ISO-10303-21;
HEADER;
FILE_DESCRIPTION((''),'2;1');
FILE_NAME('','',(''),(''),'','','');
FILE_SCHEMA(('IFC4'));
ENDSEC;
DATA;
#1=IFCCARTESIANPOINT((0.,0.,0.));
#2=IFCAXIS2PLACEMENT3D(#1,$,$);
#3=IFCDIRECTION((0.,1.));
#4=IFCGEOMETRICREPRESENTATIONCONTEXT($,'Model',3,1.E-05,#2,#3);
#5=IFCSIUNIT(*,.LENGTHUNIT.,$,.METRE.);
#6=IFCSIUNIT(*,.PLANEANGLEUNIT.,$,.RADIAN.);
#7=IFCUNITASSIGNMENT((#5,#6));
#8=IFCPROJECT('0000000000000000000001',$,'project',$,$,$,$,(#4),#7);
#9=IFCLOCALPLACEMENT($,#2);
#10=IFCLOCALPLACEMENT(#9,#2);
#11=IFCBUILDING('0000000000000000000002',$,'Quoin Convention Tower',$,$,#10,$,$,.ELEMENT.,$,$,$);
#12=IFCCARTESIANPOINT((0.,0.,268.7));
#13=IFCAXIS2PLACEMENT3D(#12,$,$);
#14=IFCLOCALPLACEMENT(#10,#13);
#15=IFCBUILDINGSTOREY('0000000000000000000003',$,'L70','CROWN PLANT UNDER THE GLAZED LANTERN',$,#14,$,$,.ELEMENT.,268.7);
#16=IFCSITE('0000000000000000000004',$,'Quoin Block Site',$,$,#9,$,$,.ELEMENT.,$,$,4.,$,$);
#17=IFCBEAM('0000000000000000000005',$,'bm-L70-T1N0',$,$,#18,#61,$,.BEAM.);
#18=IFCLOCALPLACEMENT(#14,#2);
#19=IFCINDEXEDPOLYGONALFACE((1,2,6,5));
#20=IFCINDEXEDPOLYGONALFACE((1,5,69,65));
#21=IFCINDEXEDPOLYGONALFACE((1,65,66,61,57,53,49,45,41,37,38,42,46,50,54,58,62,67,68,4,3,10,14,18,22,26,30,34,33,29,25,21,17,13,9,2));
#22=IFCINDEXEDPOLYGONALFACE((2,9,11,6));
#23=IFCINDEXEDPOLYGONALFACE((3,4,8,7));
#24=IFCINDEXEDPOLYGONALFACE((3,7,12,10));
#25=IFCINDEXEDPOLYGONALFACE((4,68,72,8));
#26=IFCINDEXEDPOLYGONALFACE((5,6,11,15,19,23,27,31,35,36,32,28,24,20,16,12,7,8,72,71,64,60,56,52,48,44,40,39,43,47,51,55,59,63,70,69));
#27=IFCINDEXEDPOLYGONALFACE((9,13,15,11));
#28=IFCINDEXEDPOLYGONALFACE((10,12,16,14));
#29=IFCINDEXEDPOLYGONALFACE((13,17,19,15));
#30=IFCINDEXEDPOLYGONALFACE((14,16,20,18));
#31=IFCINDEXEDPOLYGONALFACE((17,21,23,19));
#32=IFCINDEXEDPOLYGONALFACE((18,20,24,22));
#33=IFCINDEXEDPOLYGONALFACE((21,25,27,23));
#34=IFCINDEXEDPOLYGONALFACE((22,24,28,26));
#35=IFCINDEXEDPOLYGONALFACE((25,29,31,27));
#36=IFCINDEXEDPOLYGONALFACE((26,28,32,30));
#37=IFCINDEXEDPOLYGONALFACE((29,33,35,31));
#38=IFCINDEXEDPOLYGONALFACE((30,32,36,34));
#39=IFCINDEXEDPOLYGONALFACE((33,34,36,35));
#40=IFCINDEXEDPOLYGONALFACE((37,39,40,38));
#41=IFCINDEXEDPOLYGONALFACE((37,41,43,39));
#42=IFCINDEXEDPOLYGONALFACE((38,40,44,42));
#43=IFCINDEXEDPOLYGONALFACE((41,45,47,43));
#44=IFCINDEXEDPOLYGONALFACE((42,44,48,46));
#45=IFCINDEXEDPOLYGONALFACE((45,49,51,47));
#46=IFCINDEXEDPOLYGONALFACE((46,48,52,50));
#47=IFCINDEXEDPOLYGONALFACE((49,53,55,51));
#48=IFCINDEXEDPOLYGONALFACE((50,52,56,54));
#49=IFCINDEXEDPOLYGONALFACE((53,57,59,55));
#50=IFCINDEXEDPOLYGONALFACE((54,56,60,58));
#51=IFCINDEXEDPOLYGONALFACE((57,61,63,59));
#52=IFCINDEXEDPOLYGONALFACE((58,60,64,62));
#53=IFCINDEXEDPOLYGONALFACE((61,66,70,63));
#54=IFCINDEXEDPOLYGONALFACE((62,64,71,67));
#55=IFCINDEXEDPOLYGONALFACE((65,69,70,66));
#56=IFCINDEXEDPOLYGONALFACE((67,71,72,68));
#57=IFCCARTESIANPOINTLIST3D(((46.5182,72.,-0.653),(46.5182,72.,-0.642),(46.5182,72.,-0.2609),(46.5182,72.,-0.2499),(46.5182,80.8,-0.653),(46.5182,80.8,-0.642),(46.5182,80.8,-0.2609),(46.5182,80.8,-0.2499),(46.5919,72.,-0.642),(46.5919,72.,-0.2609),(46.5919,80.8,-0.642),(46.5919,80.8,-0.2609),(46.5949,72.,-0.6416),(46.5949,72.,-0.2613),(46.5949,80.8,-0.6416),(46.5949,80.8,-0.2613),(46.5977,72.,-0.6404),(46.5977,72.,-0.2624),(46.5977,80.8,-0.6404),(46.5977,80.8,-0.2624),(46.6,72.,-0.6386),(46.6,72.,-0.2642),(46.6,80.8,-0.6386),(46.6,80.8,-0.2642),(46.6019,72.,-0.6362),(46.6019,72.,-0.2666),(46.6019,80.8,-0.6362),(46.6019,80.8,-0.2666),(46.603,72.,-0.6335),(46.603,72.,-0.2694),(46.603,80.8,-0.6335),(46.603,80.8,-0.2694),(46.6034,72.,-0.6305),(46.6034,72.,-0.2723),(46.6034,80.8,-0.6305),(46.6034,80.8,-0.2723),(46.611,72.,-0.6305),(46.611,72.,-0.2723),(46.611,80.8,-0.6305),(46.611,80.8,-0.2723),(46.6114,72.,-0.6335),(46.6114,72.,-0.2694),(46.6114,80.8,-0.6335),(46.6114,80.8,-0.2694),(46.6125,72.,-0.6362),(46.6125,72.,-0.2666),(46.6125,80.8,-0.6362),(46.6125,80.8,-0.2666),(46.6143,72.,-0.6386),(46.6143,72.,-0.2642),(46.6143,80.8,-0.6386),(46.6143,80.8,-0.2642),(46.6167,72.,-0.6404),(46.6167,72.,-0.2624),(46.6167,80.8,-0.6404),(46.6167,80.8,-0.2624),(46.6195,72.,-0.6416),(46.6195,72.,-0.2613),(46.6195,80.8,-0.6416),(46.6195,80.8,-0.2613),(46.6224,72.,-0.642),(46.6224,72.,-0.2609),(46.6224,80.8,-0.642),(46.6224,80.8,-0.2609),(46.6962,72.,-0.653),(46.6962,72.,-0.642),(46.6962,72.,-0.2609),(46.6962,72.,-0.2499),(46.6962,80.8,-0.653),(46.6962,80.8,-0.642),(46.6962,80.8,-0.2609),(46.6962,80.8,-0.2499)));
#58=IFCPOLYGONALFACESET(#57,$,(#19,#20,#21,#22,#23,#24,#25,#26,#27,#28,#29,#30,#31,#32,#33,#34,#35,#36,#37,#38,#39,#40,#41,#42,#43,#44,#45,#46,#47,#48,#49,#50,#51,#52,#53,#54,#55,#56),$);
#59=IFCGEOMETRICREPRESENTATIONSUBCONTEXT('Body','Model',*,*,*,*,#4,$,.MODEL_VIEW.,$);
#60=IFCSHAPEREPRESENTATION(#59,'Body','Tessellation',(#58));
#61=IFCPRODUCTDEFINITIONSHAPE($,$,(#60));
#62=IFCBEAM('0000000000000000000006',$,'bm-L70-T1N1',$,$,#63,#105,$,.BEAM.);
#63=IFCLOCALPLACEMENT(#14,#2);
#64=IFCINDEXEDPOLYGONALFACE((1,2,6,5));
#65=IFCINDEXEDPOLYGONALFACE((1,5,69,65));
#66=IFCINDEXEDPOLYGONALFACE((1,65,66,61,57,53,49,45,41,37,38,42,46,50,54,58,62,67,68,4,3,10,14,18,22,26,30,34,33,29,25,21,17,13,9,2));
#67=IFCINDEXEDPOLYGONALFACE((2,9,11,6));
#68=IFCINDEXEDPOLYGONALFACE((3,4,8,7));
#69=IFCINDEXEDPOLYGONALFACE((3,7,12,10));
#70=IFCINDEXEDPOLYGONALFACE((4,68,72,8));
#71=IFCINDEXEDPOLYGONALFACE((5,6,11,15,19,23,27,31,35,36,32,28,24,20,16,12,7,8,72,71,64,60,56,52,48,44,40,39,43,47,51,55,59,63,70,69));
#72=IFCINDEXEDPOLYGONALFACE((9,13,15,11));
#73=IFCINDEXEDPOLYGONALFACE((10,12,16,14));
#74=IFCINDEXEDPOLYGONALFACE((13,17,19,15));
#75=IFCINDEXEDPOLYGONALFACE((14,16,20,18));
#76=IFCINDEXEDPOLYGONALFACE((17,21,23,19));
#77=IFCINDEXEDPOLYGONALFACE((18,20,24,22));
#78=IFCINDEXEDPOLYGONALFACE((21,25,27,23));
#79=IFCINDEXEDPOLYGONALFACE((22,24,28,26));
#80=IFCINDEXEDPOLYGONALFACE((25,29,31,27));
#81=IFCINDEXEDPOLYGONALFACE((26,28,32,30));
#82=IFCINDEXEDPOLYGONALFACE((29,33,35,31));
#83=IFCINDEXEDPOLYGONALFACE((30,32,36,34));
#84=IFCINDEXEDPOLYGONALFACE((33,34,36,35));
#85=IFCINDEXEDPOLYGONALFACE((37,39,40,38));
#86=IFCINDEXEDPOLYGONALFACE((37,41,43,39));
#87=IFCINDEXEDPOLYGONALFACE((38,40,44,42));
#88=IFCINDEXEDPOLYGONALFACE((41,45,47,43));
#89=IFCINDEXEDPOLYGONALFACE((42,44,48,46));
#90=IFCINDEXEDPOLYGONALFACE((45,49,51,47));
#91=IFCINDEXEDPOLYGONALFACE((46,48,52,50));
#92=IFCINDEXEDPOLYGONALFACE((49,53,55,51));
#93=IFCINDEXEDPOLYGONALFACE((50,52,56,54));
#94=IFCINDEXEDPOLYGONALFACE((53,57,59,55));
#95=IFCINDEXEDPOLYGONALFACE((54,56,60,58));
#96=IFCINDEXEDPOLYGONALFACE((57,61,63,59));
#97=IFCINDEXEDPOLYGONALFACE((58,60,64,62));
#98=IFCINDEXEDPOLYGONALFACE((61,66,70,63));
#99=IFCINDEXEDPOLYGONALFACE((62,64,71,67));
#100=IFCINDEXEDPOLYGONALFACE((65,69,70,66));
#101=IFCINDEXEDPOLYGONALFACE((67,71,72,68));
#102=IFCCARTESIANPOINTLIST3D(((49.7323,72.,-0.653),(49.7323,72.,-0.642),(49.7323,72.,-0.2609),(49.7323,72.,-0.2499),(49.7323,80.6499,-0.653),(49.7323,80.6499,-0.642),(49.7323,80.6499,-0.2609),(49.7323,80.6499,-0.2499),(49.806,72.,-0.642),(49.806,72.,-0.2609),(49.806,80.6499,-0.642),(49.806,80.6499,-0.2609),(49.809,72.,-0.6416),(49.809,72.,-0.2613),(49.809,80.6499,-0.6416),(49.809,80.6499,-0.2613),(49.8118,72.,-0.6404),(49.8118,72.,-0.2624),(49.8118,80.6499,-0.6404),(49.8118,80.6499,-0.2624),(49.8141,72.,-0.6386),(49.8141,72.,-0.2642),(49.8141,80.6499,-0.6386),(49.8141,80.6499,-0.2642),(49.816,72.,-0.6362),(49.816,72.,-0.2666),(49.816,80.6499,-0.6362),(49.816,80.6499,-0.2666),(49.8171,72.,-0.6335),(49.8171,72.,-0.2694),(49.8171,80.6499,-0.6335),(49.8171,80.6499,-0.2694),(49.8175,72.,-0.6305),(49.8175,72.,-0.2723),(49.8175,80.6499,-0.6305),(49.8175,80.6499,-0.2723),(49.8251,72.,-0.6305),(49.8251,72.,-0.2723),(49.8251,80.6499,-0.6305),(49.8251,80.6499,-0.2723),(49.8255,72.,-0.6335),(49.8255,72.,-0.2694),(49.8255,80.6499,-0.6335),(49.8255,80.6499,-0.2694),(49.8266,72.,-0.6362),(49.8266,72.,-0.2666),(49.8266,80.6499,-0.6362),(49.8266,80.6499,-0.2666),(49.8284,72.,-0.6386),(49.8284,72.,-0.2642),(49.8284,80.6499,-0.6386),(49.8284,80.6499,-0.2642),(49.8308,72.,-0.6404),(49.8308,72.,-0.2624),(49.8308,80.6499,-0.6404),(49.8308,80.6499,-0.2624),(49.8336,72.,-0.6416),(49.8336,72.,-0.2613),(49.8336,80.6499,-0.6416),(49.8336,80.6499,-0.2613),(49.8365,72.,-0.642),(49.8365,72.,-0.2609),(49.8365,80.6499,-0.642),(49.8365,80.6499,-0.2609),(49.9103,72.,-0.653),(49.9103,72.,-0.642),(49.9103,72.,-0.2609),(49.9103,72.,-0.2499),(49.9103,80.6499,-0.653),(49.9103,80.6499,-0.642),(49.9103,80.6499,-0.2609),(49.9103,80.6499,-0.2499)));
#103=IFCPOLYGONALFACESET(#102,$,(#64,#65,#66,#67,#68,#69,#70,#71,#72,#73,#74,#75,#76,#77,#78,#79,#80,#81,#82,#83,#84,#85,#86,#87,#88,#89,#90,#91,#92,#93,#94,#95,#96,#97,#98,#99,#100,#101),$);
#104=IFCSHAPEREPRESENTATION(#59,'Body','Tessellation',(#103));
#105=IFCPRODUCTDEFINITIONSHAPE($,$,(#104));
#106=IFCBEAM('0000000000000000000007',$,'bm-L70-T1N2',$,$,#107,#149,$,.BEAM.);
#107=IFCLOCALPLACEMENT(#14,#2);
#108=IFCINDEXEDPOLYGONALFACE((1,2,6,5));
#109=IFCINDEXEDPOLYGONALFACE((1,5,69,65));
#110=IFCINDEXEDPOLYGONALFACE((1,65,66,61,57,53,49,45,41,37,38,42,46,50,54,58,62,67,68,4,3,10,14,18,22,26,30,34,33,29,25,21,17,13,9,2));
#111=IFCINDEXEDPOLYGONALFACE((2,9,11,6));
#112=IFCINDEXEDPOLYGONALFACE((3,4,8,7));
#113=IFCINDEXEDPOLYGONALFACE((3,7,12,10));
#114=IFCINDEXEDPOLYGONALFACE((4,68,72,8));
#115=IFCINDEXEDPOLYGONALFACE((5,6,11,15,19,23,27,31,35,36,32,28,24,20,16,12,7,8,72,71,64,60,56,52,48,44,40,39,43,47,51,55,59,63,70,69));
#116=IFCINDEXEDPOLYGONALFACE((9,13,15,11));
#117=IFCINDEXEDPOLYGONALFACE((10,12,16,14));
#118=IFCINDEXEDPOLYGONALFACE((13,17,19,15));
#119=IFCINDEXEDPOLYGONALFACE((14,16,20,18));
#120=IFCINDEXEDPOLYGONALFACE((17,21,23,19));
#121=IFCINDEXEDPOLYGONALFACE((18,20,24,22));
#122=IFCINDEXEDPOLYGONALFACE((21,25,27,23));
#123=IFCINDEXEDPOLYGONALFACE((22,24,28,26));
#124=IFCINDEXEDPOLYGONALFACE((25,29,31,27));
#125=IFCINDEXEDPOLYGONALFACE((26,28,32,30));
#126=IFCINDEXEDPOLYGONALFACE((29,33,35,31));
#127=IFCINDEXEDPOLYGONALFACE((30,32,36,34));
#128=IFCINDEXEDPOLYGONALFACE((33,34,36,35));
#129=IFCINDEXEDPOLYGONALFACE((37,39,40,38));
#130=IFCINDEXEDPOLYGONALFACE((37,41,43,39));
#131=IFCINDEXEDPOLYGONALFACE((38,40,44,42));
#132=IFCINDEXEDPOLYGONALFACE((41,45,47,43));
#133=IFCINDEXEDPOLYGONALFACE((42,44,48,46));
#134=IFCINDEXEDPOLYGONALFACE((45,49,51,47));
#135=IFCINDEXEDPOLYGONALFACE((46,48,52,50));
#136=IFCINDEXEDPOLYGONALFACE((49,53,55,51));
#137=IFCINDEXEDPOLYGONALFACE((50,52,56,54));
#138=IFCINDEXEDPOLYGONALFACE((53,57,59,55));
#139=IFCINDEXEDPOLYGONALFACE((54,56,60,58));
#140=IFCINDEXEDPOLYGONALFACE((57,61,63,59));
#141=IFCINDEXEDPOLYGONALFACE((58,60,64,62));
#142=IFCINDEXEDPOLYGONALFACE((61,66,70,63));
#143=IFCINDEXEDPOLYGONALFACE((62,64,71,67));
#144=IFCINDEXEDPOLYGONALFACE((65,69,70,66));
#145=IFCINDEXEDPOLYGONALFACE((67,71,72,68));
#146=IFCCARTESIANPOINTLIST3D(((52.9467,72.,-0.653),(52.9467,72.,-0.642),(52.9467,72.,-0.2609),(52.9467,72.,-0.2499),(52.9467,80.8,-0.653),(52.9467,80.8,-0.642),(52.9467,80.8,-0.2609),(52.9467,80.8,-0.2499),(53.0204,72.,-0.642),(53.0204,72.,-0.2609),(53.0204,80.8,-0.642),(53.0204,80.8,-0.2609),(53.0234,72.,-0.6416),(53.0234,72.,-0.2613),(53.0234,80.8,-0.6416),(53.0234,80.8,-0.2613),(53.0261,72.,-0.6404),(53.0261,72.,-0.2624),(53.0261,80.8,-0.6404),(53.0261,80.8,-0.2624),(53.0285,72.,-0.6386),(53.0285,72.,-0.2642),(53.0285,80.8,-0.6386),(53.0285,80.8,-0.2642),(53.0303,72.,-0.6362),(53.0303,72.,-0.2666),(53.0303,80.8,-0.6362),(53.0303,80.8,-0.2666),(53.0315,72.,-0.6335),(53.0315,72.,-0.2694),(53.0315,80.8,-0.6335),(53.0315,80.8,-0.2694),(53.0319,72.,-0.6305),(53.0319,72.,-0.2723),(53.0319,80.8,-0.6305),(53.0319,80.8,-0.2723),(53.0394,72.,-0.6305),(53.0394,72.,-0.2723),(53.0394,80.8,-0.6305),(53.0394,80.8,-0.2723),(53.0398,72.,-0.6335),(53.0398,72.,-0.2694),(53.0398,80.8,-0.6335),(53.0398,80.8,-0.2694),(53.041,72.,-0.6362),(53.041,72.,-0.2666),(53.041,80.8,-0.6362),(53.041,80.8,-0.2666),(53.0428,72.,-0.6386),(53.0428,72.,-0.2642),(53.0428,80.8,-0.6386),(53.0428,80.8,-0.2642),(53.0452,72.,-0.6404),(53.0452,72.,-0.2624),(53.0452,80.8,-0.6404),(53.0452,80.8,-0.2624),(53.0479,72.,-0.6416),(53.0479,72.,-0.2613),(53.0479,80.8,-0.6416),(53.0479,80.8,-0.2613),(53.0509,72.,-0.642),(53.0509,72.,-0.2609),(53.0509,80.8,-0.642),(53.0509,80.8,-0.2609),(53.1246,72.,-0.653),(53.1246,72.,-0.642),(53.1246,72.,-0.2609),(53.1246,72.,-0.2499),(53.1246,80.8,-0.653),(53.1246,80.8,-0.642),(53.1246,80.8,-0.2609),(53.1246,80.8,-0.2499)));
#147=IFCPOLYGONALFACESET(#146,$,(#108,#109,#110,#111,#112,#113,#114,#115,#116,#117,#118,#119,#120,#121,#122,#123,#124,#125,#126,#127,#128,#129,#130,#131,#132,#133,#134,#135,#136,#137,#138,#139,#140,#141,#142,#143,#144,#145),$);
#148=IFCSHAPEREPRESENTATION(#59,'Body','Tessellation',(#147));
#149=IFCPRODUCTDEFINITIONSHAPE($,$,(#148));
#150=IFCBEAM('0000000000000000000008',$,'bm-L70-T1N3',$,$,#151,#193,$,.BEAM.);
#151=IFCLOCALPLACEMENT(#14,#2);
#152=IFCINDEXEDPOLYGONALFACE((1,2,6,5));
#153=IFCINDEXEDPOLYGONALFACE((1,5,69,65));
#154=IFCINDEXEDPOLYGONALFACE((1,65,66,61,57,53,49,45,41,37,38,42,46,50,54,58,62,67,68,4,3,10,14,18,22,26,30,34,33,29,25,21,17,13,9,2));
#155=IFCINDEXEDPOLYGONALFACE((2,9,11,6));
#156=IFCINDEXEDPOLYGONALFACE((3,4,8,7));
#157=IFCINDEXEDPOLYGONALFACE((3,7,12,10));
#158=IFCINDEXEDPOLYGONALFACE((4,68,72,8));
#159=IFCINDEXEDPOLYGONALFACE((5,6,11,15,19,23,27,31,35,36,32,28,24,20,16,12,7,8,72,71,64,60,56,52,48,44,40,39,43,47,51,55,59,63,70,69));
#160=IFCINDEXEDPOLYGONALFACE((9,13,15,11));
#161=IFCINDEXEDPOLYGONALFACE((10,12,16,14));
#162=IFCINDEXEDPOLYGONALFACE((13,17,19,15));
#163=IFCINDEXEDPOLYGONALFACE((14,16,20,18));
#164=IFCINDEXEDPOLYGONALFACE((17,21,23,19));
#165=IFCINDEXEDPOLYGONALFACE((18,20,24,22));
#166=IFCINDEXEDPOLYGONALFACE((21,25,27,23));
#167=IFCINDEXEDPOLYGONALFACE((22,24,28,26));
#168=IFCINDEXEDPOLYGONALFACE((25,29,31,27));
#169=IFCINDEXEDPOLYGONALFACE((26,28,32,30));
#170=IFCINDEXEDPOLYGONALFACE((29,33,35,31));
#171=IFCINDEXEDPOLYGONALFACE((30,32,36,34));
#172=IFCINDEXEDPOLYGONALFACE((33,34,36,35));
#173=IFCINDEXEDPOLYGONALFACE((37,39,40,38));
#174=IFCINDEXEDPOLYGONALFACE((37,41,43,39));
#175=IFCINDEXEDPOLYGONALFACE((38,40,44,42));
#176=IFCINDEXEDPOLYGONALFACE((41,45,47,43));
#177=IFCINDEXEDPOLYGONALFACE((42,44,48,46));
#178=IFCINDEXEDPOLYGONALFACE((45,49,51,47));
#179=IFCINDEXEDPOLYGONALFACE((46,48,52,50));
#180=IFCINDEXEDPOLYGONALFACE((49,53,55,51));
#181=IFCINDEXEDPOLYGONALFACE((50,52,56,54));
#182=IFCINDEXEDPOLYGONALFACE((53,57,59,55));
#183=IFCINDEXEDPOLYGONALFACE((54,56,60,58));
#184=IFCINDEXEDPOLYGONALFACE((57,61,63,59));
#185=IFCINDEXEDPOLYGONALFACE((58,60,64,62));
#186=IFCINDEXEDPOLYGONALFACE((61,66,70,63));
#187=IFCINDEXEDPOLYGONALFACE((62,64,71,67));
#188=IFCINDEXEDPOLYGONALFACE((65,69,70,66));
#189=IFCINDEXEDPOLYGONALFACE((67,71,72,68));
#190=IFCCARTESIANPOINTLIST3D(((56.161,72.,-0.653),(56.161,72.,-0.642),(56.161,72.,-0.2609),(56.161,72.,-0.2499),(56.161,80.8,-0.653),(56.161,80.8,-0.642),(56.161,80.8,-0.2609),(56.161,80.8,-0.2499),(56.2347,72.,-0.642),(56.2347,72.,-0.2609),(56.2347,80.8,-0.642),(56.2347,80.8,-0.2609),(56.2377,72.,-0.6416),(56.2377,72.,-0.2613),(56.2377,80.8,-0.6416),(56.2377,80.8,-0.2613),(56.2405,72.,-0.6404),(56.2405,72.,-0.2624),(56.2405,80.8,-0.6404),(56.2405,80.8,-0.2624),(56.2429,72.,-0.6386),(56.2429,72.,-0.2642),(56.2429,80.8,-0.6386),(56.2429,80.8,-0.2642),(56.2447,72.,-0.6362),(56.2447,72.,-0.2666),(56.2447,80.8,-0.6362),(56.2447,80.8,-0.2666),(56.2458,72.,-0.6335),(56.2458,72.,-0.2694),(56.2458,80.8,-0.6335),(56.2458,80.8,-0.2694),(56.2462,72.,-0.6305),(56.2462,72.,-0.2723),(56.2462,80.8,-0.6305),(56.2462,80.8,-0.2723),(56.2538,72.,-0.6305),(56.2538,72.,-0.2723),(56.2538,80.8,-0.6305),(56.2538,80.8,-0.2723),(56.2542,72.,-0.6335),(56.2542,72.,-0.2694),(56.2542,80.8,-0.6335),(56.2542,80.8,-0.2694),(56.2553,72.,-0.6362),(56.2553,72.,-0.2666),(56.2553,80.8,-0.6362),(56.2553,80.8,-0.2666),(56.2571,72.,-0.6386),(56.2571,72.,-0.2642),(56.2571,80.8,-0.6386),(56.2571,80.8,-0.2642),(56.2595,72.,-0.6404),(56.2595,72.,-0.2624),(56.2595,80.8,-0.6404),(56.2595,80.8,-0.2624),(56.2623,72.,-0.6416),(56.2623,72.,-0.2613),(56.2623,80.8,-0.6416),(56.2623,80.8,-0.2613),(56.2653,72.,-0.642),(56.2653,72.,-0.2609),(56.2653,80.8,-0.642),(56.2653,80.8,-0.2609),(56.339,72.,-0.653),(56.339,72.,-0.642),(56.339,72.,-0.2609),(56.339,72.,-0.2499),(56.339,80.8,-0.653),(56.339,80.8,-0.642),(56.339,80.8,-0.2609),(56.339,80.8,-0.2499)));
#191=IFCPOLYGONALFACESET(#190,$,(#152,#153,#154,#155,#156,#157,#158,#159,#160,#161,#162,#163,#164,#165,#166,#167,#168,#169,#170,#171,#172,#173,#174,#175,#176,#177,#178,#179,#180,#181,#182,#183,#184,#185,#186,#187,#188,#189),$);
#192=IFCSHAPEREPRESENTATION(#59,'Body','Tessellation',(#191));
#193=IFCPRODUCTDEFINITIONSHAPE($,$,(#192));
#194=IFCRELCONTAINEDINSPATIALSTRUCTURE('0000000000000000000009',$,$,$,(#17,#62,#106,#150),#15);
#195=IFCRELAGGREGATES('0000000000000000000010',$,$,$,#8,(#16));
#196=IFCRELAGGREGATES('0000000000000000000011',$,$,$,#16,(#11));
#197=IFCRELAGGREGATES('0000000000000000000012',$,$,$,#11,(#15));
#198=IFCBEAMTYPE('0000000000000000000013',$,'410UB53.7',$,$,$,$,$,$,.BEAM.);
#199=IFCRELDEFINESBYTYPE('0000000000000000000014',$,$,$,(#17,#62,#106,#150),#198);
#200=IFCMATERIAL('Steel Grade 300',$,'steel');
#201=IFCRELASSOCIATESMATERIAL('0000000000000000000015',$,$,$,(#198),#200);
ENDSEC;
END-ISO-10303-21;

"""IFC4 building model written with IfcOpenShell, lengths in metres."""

from ifc_helpers import new_model, si_unit, direction, frame, origin, origin_2d, place, context, subcontext, project, spatial, i_section, extrude, material, material_profile, profile_set, type_object, element, save


model = new_model("IFC4")

# Units and contexts
model_context = context("Model", 3, precision=1e-05, world=origin(), true_north=direction((0.0, 1.0)))
body_context = subcontext(model_context, "Body", "Model", "MODEL_VIEW")
ifc_project = project(units=[si_unit("LENGTHUNIT", "METRE"), si_unit("PLANEANGLEUNIT", "RADIAN")], contexts=[model_context])

# Site, building, storey
site_placement = place(None, origin())
site = spatial("IfcSite", under=ifc_project, at=site_placement, Name="Quoin Block Site", CompositionType="ELEMENT", RefElevation=4.0)
building_placement = place(site_placement, origin())
building = spatial("IfcBuilding", under=site, at=building_placement, Name="Quoin Convention Tower", CompositionType="ELEMENT")
storey_placement = place(building_placement, frame((0.0, 0.0, 268.7)))
storey = spatial("IfcBuildingStorey", under=building, at=storey_placement, Name="L70", Description="CROWN PLANT UNDER THE GLAZED LANTERN", CompositionType="ELEMENT", Elevation=268.7)

# Beams
ifc_material_1 = material(Name="Steel Grade 300", Category="steel")
ifc_material_profile_1 = material_profile(ifc_material_1, i_section(OverallWidth=0.178, OverallDepth=0.4031, WebThickness=0.0076, FlangeThickness=0.011, FilletRadius=0.0115, at=origin_2d()), Name="410UB53.7")
ifc_profile_set_1 = profile_set([ifc_material_profile_1], Name="Steel Grade 300")
beam_type_1 = type_object("IfcBeamType", Name="410UB53.7", PredefinedType="BEAM", material=ifc_profile_set_1)
beam_1_placement = place(storey_placement, frame((46.6072, 72.0, -0.4514), z_axis=(0.0, 1.0, 0.0), x_axis=(-1.0, 0.0, 0.0)))
element("IfcBeam", 1, at=beam_1_placement, inside=storey, type_object=beam_type_1, Name="bm-L70-T1N0", PredefinedType="BEAM", context=body_context, shape_type="SweptSolid", body=[
    extrude(i_section(OverallWidth=0.178, OverallDepth=0.4031, WebThickness=0.0076, FlangeThickness=0.011, FilletRadius=0.0115, at=origin_2d()), origin(), (0.0, 0.0, 1.0), 8.8),
])
beam_2_placement = place(storey_placement, frame((49.8213, 72.0, -0.4514), z_axis=(0.0, 1.0, 0.0), x_axis=(-1.0, 0.0, 0.0)))
element("IfcBeam", 2, at=beam_2_placement, inside=storey, type_object=beam_type_1, Name="bm-L70-T1N1", PredefinedType="BEAM", context=body_context, shape_type="SweptSolid", body=[
    extrude(i_section(OverallWidth=0.178, OverallDepth=0.4031, WebThickness=0.0076, FlangeThickness=0.011, FilletRadius=0.0115, at=origin_2d()), origin(), (0.0, 0.0, 1.0), 8.6499),
])
for number, where, z_axis, x_axis, name in (
    (3, (53.0356, 72.0, -0.4514), (0.0, 1.0, 0.0), (-1.0, 0.0, 0.0), "bm-L70-T1N2"),
    (4, (56.25, 72.0, -0.4514), (0.0, 1.0, 0.0), (-1.0, 0.0, 0.0), "bm-L70-T1N3"),
):
    element("IfcBeam", number, at=place(storey_placement, frame(where, z_axis=z_axis, x_axis=x_axis)), inside=storey, type_object=beam_type_1, Name=name, PredefinedType="BEAM", context=body_context, shape_type="SweptSolid", body=[
        extrude(i_section(OverallWidth=0.178, OverallDepth=0.4031, WebThickness=0.0076, FlangeThickness=0.011, FilletRadius=0.0115, at=origin_2d()), origin(), (0.0, 0.0, 1.0), 8.8),
    ])

save(model, "model.ifc")
